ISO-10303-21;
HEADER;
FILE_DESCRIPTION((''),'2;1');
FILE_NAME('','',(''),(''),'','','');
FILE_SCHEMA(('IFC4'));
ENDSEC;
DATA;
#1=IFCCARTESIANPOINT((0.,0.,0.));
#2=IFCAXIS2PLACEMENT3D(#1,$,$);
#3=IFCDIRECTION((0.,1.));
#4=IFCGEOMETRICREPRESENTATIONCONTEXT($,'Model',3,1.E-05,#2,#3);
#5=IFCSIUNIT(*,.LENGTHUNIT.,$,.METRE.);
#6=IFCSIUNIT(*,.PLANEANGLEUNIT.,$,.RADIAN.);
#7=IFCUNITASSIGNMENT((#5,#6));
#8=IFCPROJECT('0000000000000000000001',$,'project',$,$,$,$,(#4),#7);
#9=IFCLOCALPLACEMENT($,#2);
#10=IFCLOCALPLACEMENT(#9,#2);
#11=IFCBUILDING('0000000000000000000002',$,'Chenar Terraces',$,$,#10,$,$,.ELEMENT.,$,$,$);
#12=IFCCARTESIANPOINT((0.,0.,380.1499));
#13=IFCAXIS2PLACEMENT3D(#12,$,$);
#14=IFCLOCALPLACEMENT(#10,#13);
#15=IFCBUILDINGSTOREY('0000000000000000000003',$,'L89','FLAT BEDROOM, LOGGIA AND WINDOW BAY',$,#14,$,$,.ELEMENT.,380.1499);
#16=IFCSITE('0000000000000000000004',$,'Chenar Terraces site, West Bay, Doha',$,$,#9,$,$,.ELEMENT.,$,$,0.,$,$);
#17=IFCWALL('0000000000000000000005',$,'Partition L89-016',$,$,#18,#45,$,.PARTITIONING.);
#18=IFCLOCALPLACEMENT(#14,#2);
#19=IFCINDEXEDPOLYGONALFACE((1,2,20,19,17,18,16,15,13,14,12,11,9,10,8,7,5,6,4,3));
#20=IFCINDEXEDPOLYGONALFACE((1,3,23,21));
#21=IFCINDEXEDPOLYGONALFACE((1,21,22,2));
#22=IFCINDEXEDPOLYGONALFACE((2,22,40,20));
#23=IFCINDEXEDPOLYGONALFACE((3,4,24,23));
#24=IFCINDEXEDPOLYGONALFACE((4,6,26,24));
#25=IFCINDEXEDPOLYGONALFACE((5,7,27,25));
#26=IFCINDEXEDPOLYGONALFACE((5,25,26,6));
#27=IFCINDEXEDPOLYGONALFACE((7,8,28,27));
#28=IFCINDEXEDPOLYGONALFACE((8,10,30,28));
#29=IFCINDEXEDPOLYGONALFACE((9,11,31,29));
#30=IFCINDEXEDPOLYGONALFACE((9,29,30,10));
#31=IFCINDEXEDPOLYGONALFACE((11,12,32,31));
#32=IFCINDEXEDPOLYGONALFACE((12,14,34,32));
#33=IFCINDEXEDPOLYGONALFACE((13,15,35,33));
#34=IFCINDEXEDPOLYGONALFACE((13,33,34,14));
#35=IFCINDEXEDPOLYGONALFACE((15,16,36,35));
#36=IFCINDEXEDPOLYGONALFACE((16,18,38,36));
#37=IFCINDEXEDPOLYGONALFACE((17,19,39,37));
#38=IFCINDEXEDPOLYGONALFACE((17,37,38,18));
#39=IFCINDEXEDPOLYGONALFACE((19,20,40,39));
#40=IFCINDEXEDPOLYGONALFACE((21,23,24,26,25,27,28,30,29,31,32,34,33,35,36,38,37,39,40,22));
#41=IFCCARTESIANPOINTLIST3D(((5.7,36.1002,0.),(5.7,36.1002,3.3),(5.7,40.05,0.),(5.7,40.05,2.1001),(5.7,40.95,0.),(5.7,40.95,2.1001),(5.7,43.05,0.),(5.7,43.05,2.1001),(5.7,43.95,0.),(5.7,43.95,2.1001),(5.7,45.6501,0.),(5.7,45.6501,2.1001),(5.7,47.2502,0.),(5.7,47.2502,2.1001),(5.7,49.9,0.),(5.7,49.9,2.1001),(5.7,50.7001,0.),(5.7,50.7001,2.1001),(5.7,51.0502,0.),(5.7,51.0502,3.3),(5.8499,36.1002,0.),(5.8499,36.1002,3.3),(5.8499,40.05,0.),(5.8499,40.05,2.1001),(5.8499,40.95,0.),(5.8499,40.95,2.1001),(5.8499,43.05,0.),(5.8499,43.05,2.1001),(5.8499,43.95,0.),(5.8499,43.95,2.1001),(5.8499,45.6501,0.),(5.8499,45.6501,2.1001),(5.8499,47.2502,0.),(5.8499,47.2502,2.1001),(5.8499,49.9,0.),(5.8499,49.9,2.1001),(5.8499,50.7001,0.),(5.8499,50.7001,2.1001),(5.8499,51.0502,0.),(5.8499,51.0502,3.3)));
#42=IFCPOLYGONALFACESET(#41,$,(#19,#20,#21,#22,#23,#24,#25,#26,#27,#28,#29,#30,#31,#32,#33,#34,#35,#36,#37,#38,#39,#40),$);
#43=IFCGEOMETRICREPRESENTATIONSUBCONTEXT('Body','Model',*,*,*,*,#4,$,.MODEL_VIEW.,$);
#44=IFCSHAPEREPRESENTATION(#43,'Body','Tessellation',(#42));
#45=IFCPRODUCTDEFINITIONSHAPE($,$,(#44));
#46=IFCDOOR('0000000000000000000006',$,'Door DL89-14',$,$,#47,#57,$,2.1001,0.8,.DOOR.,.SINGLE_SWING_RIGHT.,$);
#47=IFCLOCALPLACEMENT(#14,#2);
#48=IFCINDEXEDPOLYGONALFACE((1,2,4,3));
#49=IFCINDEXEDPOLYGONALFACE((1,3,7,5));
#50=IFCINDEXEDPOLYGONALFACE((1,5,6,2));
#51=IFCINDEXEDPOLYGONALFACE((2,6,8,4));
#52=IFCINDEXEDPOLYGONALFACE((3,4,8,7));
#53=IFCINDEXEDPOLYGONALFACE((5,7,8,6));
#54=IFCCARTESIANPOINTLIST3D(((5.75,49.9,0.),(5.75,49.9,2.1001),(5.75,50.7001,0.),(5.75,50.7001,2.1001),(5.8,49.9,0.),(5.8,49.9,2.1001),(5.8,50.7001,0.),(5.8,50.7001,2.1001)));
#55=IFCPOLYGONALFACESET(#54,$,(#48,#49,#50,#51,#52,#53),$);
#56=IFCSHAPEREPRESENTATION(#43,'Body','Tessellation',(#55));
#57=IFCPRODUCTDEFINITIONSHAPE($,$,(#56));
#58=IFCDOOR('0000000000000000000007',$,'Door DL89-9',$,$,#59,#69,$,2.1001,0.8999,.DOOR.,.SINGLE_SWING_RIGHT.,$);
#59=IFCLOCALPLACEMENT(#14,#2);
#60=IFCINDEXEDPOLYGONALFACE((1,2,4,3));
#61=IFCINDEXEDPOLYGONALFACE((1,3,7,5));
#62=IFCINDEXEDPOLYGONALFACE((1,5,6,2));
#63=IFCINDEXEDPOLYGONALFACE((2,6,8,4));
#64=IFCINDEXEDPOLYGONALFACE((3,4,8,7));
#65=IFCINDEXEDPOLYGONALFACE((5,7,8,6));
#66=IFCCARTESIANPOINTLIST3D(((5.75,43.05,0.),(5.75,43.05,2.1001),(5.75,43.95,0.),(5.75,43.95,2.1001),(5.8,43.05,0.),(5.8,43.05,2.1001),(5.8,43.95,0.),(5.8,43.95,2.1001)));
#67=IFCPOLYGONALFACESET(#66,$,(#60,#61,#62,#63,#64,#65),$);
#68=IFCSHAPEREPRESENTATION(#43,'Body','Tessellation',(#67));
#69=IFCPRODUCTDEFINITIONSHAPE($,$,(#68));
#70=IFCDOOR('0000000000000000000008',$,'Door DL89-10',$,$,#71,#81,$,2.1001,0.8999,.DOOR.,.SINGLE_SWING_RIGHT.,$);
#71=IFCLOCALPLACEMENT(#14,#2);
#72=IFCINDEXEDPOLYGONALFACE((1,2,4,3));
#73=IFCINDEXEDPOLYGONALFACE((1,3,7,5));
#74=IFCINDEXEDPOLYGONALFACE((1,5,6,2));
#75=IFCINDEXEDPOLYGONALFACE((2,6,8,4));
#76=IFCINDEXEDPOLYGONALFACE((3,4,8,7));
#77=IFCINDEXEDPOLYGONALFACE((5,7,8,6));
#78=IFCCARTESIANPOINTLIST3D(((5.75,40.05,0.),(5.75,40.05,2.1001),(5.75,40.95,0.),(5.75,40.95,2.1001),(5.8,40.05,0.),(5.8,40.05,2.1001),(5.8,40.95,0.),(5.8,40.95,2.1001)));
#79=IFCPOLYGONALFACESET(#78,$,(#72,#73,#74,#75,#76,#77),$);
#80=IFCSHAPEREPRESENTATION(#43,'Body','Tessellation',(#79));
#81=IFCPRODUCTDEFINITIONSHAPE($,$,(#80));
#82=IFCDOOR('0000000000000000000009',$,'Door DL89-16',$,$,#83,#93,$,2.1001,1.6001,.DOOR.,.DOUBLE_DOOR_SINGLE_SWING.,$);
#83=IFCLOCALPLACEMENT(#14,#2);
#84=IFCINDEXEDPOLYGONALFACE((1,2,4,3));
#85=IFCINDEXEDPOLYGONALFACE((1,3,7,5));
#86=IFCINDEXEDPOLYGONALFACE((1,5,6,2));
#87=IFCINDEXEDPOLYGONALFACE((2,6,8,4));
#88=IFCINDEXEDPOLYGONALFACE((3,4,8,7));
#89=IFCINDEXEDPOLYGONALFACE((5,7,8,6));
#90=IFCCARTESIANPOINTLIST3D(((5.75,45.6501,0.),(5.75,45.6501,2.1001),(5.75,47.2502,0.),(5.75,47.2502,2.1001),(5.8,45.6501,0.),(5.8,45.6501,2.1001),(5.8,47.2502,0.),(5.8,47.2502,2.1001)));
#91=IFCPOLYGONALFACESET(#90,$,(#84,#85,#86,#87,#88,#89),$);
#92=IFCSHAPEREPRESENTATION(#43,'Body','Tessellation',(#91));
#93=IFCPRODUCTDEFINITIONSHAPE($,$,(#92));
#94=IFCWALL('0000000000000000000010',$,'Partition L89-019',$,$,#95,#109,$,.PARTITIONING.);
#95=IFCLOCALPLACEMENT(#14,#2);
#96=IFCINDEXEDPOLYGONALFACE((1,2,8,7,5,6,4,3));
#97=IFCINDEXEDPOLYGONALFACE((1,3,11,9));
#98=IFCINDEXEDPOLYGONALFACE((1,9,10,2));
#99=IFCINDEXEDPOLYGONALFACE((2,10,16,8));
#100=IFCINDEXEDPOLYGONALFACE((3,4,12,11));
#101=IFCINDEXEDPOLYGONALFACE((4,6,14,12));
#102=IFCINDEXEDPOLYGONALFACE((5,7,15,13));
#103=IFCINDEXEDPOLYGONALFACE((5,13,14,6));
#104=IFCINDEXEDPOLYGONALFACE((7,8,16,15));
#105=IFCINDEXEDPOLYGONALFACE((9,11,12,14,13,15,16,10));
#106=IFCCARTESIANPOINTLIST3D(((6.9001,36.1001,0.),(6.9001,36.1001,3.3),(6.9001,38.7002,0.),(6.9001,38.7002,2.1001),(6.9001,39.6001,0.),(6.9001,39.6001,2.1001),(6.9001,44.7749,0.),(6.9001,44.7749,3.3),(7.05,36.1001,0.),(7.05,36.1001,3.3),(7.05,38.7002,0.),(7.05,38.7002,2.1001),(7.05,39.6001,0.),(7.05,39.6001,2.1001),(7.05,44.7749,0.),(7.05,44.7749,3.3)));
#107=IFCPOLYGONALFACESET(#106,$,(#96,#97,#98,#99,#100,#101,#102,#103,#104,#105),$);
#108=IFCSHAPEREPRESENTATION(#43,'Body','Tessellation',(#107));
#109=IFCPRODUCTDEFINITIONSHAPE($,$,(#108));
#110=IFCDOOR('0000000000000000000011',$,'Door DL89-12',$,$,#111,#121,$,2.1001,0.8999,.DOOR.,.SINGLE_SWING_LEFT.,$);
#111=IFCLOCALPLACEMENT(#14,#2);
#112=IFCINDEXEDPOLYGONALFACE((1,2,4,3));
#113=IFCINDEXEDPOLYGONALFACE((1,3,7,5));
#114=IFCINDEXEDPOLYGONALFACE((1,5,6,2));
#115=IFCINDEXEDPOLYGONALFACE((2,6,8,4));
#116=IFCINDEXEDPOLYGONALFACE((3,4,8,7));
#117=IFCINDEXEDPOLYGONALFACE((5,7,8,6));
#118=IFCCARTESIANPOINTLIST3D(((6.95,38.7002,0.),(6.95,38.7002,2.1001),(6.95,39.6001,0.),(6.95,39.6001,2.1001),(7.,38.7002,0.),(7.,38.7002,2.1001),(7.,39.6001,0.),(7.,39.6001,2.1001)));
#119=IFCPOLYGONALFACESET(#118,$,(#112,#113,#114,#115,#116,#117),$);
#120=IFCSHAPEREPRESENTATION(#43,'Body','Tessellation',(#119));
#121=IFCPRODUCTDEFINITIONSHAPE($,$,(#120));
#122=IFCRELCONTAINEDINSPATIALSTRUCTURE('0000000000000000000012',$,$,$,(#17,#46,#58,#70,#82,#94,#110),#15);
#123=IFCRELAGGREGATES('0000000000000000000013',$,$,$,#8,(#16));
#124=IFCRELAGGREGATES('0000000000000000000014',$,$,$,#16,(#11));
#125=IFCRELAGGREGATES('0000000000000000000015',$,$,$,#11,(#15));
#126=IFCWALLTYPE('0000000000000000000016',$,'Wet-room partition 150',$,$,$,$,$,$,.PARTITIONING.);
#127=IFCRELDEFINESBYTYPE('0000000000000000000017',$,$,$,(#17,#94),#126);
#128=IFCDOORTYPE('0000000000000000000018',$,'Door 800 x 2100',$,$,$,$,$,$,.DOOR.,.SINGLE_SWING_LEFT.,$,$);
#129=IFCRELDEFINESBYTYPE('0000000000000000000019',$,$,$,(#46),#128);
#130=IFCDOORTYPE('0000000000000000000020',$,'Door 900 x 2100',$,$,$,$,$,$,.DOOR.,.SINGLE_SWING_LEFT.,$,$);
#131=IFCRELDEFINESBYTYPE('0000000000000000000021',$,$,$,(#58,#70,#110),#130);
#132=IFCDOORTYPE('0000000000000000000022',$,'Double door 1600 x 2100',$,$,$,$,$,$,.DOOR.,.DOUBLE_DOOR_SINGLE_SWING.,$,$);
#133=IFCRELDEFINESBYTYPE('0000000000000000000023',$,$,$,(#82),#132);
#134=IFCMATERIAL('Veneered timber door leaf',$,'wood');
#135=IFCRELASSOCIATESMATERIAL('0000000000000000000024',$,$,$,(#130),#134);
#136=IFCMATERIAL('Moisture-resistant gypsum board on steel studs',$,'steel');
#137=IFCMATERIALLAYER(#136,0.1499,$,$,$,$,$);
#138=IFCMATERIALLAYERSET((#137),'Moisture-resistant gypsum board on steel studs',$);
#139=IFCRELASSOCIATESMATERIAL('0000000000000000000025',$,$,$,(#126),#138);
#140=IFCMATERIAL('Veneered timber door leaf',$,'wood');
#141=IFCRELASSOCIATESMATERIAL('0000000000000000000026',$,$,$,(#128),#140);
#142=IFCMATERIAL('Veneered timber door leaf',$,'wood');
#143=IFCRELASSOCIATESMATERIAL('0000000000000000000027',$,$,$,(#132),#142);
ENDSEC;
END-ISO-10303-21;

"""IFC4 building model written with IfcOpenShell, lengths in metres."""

from ifc_helpers import new_model, si_unit, direction, frame, frame_2d, origin, place, context, subcontext, project, spatial, rectangle, extrude, material, layer, layer_set, type_object, element, fill, save


model = new_model("IFC4")

# Units and contexts
model_context = context("Model", 3, precision=1e-05, world=origin(), true_north=direction((0.0, 1.0)))
body_context = subcontext(model_context, "Body", "Model", "MODEL_VIEW")
ifc_project = project(units=[si_unit("LENGTHUNIT", "METRE"), si_unit("PLANEANGLEUNIT", "RADIAN")], contexts=[model_context])

# Site, building, storey
site_placement = place(None, origin())
site = spatial("IfcSite", under=ifc_project, at=site_placement, Name="Chenar Terraces site, West Bay, Doha", CompositionType="ELEMENT", RefElevation=0.0)
building_placement = place(site_placement, origin())
building = spatial("IfcBuilding", under=site, at=building_placement, Name="Chenar Terraces", CompositionType="ELEMENT")
storey_placement = place(building_placement, frame((0.0, 0.0, 380.1499)))
storey = spatial("IfcBuildingStorey", under=building, at=storey_placement, Name="L89", Description="FLAT BEDROOM, LOGGIA AND WINDOW BAY", CompositionType="ELEMENT", Elevation=380.1499)

# Shared definitions
ifc_material_1 = material(Name="Veneered timber door leaf", Category="wood")
door_type_1 = type_object("IfcDoorType", Name="Door 900 x 2100", OperationType="SINGLE_SWING_LEFT", PredefinedType="DOOR", material=ifc_material_1)

# Shared definitions
ifc_material_2 = material(Name="Moisture-resistant gypsum board on steel studs", Category="steel")
ifc_layer_1 = layer(ifc_material_2, 0.1499)
ifc_layer_set_1 = layer_set([ifc_layer_1], Name="Moisture-resistant gypsum board on steel studs")
wall_type_1 = type_object("IfcWallType", Name="Wet-room partition 150", PredefinedType="PARTITIONING", material=ifc_layer_set_1)
ifc_material_3 = material(Name="Veneered timber door leaf", Category="wood")
door_type_2 = type_object("IfcDoorType", Name="Door 800 x 2100", OperationType="SINGLE_SWING_LEFT", PredefinedType="DOOR", material=ifc_material_3)

# Wall, openings, doors
wall_1_placement = place(storey_placement, frame((5.7749, 36.1001, 0.0), z_axis=(0.0, 0.0, 1.0), x_axis=(0.0, 1.0, 0.0)))
wall_1 = element("IfcWall", 1, at=wall_1_placement, inside=storey, type_object=wall_type_1, Name="Partition L89-016", PredefinedType="PARTITIONING", context=body_context, shape_type="SweptSolid", body=[
    extrude(rectangle(XDim=14.95, YDim=0.1499, at=frame_2d((7.4751, 0.0))), origin(), (0.0, 0.0, 1.0), 3.3),
])
opening_1_placement = place(wall_1_placement, frame((6.95, 0.0, 0.0)))
opening_1 = element("IfcOpeningElement", 2, at=opening_1_placement, cuts=wall_1, PredefinedType="OPENING", context=body_context, shape_type="SweptSolid", body=[
    extrude(rectangle(XDim=0.8999, YDim=2.1001, at=frame_2d((0.45, 1.05))), frame((0.0, 0.085, 0.0), z_axis=(0.0, -1.0, 0.0), x_axis=(1.0, 0.0, 0.0)), (0.0, 0.0, 1.0), 0.1699),
])
opening_2_placement = place(wall_1_placement, frame((3.95, 0.0, 0.0)))
opening_2 = element("IfcOpeningElement", 3, at=opening_2_placement, cuts=wall_1, PredefinedType="OPENING", context=body_context, shape_type="SweptSolid", body=[
    extrude(rectangle(XDim=0.8999, YDim=2.1001, at=frame_2d((0.45, 1.05))), frame((0.0, 0.085, 0.0), z_axis=(0.0, -1.0, 0.0), x_axis=(1.0, 0.0, 0.0)), (0.0, 0.0, 1.0), 0.1699),
])
opening_3_placement = place(wall_1_placement, frame((13.8, 0.0, 0.0)))
opening_3 = element("IfcOpeningElement", 4, at=opening_3_placement, cuts=wall_1, PredefinedType="OPENING", context=body_context, shape_type="SweptSolid", body=[
    extrude(rectangle(XDim=0.8, YDim=2.1001, at=frame_2d((0.3999, 1.05))), frame((0.0, 0.085, 0.0), z_axis=(0.0, -1.0, 0.0), x_axis=(1.0, 0.0, 0.0)), (0.0, 0.0, 1.0), 0.1699),
])
opening_4_placement = place(wall_1_placement, frame((9.55, 0.0, 0.0)))
opening_4 = element("IfcOpeningElement", 5, at=opening_4_placement, cuts=wall_1, PredefinedType="OPENING", context=body_context, shape_type="SweptSolid", body=[
    extrude(rectangle(XDim=1.6001, YDim=2.1001, at=frame_2d((0.8, 1.05))), frame((0.0, 0.085, 0.0), z_axis=(0.0, -1.0, 0.0), x_axis=(1.0, 0.0, 0.0)), (0.0, 0.0, 1.0), 0.1699),
])
door_1_placement = place(opening_3_placement, origin())
door_1 = element("IfcDoor", 6, at=door_1_placement, inside=storey, type_object=door_type_2, Name="Door DL89-14", OperationType="SINGLE_SWING_RIGHT", OverallHeight=2.1001, OverallWidth=0.8, PredefinedType="DOOR", context=body_context, shape_type="SweptSolid", body=[
    extrude(rectangle(XDim=0.8, YDim=2.1001, at=frame_2d((0.3999, 1.05))), frame((0.0, 0.0249, 0.0), z_axis=(0.0, -1.0, 0.0), x_axis=(1.0, 0.0, 0.0)), (0.0, 0.0, 1.0), 0.05),
])
fill(opening_3, door_1)
door_2_placement = place(opening_1_placement, origin())
door_2 = element("IfcDoor", 7, at=door_2_placement, inside=storey, type_object=door_type_1, Name="Door DL89-9", OperationType="SINGLE_SWING_RIGHT", OverallHeight=2.1001, OverallWidth=0.8999, PredefinedType="DOOR", context=body_context, shape_type="SweptSolid", body=[
    extrude(rectangle(XDim=0.8999, YDim=2.1001, at=frame_2d((0.45, 1.05))), frame((0.0, 0.0249, 0.0), z_axis=(0.0, -1.0, 0.0), x_axis=(1.0, 0.0, 0.0)), (0.0, 0.0, 1.0), 0.05),
])
fill(opening_1, door_2)
door_3_placement = place(opening_2_placement, origin())
door_3 = element("IfcDoor", 8, at=door_3_placement, inside=storey, type_object=door_type_1, Name="Door DL89-10", OperationType="SINGLE_SWING_RIGHT", OverallHeight=2.1001, OverallWidth=0.8999, PredefinedType="DOOR", context=body_context, shape_type="SweptSolid", body=[
    extrude(rectangle(XDim=0.8999, YDim=2.1001, at=frame_2d((0.45, 1.05))), frame((0.0, 0.0249, 0.0), z_axis=(0.0, -1.0, 0.0), x_axis=(1.0, 0.0, 0.0)), (0.0, 0.0, 1.0), 0.05),
])
fill(opening_2, door_3)
ifc_material_4 = material(Name="Veneered timber door leaf", Category="wood")
door_type_3 = type_object("IfcDoorType", Name="Double door 1600 x 2100", OperationType="DOUBLE_DOOR_SINGLE_SWING", PredefinedType="DOOR", material=ifc_material_4)
door_4_placement = place(opening_4_placement, origin())
door_4 = element("IfcDoor", 9, at=door_4_placement, inside=storey, type_object=door_type_3, Name="Door DL89-16", OperationType="DOUBLE_DOOR_SINGLE_SWING", OverallHeight=2.1001, OverallWidth=1.6001, PredefinedType="DOOR", context=body_context, shape_type="SweptSolid", body=[
    extrude(rectangle(XDim=1.6001, YDim=2.1001, at=frame_2d((0.8, 1.05))), frame((0.0, 0.0249, 0.0), z_axis=(0.0, -1.0, 0.0), x_axis=(1.0, 0.0, 0.0)), (0.0, 0.0, 1.0), 0.05),
])
fill(opening_4, door_4)

# Wall, opening, door
wall_2_placement = place(storey_placement, frame((6.9751, 36.1001, 0.0), z_axis=(0.0, 0.0, 1.0), x_axis=(0.0, 1.0, 0.0)))
wall_2 = element("IfcWall", 10, at=wall_2_placement, inside=storey, type_object=wall_type_1, Name="Partition L89-019", PredefinedType="PARTITIONING", context=body_context, shape_type="SweptSolid", body=[
    extrude(rectangle(XDim=8.6748, YDim=0.1499, at=frame_2d((4.3374, 0.0))), origin(), (0.0, 0.0, 1.0), 3.3),
])
opening_5_placement = place(wall_2_placement, frame((2.6001, 0.0, 0.0)))
opening_5 = element("IfcOpeningElement", 11, at=opening_5_placement, cuts=wall_2, PredefinedType="OPENING", context=body_context, shape_type="SweptSolid", body=[
    extrude(rectangle(XDim=0.8999, YDim=2.1001, at=frame_2d((0.45, 1.05))), frame((0.0, 0.085, 0.0), z_axis=(0.0, -1.0, 0.0), x_axis=(1.0, 0.0, 0.0)), (0.0, 0.0, 1.0), 0.1699),
])
door_5_placement = place(opening_5_placement, frame((0.8999, 0.0, 0.0), z_axis=(0.0, 0.0, 1.0), x_axis=(-1.0, 0.0, 0.0)))
door_5 = element("IfcDoor", 12, at=door_5_placement, inside=storey, type_object=door_type_1, Name="Door DL89-12", OperationType="SINGLE_SWING_LEFT", OverallHeight=2.1001, OverallWidth=0.8999, PredefinedType="DOOR", context=body_context, shape_type="SweptSolid", body=[
    extrude(rectangle(XDim=0.8999, YDim=2.1001, at=frame_2d((0.45, 1.05))), frame((0.0, 0.0249, 0.0), z_axis=(0.0, -1.0, 0.0), x_axis=(1.0, 0.0, 0.0)), (0.0, 0.0, 1.0), 0.05),
])
fill(opening_5, door_5)

save(model, "model.ifc")
